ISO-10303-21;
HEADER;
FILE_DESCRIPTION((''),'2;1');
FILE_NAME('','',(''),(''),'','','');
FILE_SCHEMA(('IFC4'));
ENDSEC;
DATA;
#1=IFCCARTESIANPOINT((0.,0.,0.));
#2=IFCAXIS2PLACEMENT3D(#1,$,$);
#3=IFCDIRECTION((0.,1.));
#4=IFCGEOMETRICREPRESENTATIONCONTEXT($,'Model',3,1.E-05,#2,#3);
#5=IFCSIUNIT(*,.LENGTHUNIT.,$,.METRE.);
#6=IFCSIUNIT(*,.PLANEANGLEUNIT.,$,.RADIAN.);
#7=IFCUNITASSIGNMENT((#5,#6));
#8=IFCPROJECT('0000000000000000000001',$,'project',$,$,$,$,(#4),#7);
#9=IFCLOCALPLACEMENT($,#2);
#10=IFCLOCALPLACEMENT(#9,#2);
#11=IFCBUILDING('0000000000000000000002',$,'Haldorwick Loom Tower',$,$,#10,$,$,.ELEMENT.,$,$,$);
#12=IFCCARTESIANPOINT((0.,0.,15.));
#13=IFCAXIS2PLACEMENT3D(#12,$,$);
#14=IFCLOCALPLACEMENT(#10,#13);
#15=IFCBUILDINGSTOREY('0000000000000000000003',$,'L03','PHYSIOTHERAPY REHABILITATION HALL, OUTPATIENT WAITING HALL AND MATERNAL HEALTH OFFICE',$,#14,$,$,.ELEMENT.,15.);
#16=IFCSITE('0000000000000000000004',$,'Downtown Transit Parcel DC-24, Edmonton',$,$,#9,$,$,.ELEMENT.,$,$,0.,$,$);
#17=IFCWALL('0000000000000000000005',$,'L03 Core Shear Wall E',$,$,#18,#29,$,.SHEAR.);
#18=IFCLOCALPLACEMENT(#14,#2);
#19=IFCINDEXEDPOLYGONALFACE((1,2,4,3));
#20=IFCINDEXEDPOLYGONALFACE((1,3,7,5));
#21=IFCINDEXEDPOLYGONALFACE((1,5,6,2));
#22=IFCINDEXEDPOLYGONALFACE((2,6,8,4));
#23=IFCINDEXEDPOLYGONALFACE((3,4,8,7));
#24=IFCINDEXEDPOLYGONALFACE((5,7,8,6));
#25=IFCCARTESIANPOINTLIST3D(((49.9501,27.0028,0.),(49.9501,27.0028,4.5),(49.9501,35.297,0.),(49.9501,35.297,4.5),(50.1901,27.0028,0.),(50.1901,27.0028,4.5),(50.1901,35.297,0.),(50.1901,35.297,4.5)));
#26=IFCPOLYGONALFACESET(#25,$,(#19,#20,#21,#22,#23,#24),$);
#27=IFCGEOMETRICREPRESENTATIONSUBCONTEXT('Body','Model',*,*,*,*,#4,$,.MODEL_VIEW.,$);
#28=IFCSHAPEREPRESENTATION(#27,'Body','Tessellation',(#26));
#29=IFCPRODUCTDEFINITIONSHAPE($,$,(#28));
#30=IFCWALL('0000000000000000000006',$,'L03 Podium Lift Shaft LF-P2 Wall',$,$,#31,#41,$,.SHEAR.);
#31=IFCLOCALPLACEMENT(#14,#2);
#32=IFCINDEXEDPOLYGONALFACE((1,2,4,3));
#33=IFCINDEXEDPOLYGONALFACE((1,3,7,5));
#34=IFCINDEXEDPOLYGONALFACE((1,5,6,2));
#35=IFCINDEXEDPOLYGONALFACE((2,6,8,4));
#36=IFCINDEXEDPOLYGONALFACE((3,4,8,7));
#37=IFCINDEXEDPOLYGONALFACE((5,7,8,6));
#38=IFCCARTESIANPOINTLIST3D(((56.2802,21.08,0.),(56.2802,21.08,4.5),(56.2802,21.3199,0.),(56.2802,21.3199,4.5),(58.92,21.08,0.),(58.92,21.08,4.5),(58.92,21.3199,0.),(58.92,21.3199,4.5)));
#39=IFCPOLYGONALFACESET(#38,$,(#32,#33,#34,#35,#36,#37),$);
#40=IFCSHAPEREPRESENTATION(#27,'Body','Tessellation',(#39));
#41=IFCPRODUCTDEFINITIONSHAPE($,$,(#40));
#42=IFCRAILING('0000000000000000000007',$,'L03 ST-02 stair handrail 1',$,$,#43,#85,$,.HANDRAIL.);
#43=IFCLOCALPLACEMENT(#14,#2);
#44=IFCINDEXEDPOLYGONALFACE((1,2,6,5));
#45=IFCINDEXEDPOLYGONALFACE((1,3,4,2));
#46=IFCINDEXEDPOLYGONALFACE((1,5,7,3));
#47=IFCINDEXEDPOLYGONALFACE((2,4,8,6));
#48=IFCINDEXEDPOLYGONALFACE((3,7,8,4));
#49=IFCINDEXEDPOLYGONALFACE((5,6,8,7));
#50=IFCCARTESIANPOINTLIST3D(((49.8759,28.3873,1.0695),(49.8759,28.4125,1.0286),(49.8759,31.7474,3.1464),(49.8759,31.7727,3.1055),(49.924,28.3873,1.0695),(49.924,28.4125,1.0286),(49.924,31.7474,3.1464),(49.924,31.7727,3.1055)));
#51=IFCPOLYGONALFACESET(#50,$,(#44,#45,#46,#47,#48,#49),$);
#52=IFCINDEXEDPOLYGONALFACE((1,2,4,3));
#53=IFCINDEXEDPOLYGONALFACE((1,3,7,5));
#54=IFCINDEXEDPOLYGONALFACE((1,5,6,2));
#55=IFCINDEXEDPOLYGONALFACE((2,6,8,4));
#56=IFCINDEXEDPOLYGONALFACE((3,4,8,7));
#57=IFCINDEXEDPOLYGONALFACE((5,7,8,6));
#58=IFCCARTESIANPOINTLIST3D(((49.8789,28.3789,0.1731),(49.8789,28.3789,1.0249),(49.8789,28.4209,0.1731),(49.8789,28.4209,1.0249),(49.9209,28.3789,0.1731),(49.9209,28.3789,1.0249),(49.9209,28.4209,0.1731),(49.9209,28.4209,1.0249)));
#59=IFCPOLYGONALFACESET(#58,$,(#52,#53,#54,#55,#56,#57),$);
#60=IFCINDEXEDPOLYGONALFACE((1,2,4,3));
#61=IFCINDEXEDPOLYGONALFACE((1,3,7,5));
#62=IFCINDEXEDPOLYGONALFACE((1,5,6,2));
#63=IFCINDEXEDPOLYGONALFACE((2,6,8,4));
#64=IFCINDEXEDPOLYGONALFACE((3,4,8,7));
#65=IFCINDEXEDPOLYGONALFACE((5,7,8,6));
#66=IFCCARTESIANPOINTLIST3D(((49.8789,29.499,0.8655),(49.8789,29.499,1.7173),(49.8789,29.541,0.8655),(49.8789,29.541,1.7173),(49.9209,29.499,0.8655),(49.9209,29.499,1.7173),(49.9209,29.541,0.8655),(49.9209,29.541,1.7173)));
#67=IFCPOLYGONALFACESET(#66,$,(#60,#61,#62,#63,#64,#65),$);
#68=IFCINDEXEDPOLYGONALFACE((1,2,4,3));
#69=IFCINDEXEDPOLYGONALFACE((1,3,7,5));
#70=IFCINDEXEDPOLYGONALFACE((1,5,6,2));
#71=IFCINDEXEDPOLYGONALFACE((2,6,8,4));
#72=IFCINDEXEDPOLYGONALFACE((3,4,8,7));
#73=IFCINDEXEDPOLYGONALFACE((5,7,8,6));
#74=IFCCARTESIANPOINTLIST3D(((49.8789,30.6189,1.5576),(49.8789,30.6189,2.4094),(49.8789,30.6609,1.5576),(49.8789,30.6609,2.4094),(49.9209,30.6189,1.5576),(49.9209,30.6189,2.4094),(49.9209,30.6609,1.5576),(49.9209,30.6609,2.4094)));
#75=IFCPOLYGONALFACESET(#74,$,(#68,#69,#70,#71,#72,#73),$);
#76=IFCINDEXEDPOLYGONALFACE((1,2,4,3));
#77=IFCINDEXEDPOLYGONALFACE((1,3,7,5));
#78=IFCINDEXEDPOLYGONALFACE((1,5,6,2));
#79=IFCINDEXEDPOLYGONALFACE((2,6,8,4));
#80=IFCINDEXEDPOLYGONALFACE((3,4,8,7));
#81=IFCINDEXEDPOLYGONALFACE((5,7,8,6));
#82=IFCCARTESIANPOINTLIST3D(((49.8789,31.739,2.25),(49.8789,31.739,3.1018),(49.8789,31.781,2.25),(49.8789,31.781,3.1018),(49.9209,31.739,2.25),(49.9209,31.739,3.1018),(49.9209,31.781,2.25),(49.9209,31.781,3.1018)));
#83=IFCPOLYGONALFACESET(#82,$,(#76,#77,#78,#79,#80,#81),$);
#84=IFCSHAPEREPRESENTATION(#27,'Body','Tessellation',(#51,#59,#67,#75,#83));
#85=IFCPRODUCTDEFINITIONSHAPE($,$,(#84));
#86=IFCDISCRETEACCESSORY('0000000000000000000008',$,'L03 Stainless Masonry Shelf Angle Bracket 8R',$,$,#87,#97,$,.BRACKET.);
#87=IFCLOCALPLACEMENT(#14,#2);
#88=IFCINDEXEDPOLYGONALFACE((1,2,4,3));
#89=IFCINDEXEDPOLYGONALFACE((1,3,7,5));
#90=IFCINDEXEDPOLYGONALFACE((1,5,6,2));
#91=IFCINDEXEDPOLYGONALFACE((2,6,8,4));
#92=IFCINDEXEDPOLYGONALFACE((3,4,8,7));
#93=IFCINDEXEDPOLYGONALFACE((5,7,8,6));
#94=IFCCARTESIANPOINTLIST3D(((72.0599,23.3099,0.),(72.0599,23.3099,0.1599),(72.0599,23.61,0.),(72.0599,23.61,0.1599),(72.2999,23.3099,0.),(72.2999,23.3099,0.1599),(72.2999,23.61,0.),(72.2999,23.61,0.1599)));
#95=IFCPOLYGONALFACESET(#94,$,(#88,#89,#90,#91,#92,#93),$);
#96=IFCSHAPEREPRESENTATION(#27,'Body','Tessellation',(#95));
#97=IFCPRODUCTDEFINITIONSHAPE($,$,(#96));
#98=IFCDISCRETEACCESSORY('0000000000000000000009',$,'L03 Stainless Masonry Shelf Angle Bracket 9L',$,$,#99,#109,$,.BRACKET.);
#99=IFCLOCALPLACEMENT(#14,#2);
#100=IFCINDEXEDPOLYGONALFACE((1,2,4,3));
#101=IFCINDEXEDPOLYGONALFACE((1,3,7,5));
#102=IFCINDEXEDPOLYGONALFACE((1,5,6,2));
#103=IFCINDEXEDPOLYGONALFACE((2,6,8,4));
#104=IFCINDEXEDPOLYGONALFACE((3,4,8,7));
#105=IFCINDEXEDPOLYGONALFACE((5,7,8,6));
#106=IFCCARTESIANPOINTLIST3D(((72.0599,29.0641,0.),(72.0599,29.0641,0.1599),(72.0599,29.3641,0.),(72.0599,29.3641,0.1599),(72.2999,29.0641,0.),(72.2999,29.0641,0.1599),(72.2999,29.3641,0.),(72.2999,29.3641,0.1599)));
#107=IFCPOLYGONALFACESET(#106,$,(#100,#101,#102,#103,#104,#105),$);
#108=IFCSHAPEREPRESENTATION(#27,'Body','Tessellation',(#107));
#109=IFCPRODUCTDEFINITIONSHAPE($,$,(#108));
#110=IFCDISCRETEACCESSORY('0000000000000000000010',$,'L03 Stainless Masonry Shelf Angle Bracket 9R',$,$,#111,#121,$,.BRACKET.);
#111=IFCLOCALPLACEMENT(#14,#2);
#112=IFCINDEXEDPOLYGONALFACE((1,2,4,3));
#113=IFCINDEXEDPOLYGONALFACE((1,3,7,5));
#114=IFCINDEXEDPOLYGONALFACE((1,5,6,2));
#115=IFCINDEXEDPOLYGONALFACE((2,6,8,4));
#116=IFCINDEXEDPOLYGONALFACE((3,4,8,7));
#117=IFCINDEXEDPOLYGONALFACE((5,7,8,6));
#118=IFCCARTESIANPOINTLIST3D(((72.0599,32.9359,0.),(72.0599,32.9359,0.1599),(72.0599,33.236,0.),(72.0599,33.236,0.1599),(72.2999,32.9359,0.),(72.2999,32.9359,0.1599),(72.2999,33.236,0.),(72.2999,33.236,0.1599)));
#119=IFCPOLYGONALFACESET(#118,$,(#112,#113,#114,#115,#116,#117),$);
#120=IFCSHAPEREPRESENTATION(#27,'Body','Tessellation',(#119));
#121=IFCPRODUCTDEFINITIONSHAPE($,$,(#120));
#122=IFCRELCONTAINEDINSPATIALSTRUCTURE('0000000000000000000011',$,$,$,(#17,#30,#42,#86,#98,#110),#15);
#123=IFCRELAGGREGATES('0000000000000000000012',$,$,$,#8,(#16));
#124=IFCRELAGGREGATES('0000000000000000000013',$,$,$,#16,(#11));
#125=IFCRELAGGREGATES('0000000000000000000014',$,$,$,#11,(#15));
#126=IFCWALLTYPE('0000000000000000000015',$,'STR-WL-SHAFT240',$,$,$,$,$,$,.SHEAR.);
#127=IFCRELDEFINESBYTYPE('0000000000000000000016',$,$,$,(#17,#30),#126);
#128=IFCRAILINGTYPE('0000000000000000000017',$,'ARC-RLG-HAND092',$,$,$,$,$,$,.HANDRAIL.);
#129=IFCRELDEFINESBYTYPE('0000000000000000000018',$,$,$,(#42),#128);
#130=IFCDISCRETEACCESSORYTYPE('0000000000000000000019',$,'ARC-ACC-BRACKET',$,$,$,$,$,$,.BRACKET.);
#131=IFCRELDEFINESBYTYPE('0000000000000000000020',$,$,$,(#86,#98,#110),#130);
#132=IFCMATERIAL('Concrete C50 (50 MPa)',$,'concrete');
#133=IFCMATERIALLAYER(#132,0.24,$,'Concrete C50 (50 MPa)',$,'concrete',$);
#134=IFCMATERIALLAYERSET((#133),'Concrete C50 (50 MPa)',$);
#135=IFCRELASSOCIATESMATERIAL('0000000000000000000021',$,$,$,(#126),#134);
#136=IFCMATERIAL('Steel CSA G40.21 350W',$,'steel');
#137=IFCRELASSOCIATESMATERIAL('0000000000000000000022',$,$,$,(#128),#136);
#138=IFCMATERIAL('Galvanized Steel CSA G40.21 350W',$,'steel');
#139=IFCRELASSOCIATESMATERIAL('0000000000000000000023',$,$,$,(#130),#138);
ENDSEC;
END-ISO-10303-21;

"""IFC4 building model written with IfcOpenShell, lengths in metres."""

from ifc_helpers import new_model, si_unit, direction, frame, frame_2d, origin, origin_2d, place, context, subcontext, project, spatial, rectangle, extrude, material, layer, layer_set, type_object, element, save


model = new_model("IFC4")

# Units and contexts
model_context = context("Model", 3, precision=1e-05, world=origin(), true_north=direction((0.0, 1.0)))
body_context = subcontext(model_context, "Body", "Model", "MODEL_VIEW")
ifc_project = project(units=[si_unit("LENGTHUNIT", "METRE"), si_unit("PLANEANGLEUNIT", "RADIAN")], contexts=[model_context])

# Site, building, storey
site_placement = place(None, origin())
site = spatial("IfcSite", under=ifc_project, at=site_placement, Name="Downtown Transit Parcel DC-24, Edmonton", CompositionType="ELEMENT", RefElevation=0.0)
building_placement = place(site_placement, origin())
building = spatial("IfcBuilding", under=site, at=building_placement, Name="Haldorwick Loom Tower", CompositionType="ELEMENT")
storey_placement = place(building_placement, frame((0.0, 0.0, 15.0)))
storey = spatial("IfcBuildingStorey", under=building, at=storey_placement, Name="L03", Description="PHYSIOTHERAPY REHABILITATION HALL, OUTPATIENT WAITING HALL AND MATERNAL HEALTH OFFICE", CompositionType="ELEMENT", Elevation=15.0)

# Shared definitions
ifc_material_1 = material(Name="Steel CSA G40.21 350W", Category="steel")

# Walls
ifc_material_2 = material(Name="Concrete C50 (50 MPa)", Category="concrete")
ifc_layer_1 = layer(ifc_material_2, 0.24, Name="Concrete C50 (50 MPa)", Category="concrete")
ifc_layer_set_1 = layer_set([ifc_layer_1], Name="Concrete C50 (50 MPa)")
wall_type_1 = type_object("IfcWallType", Name="STR-WL-SHAFT240", PredefinedType="SHEAR", material=ifc_layer_set_1)
wall_1_placement = place(storey_placement, frame((50.0701, 27.0029, 0.0), z_axis=(0.0, 0.0, 1.0), x_axis=(0.0, 1.0, 0.0)))
element("IfcWall", 1, at=wall_1_placement, inside=storey, type_object=wall_type_1, Name="L03 Core Shear Wall E", PredefinedType="SHEAR", context=body_context, shape_type="SweptSolid", body=[
    extrude(rectangle(XDim=8.2942, YDim=0.24, at=frame_2d((4.147, 0.0))), origin(), (0.0, 0.0, 1.0), 4.5),
])
wall_2_placement = place(storey_placement, frame((58.9199, 21.2, 0.0), z_axis=(0.0, 0.0, 1.0), x_axis=(-1.0, 0.0, 0.0)))
element("IfcWall", 2, at=wall_2_placement, inside=storey, type_object=wall_type_1, Name="L03 Podium Lift Shaft LF-P2 Wall", PredefinedType="SHEAR", context=body_context, shape_type="SweptSolid", body=[
    extrude(rectangle(XDim=2.6399, YDim=0.24, at=frame_2d((1.3198, 0.0))), origin(), (0.0, 0.0, 1.0), 4.5),
])

# Railing
railing_type = type_object("IfcRailingType", Name="ARC-RLG-HAND092", PredefinedType="HANDRAIL", material=ifc_material_1)
railing_placement = place(storey_placement, frame((49.8999, 28.3999, 0.1731)))
element("IfcRailing", 3, at=railing_placement, inside=storey, type_object=railing_type, Name="L03 ST-02 stair handrail 1", PredefinedType="HANDRAIL", context=body_context, shape_type="SweptSolid", body=[
    extrude(rectangle(XDim=0.0481, YDim=0.0481, at=origin_2d()), frame((0.0, 0.0, 0.876), z_axis=(0.0, 0.850623, 0.525776), x_axis=(-1.0, 0.0, 0.0)), (0.0, 0.0, 1.0), 3.9502),
    extrude(rectangle(XDim=0.042, YDim=0.042, at=origin_2d()), origin(), (0.0, 0.0, 1.0), 0.8518),
    extrude(rectangle(XDim=0.042, YDim=0.042, at=origin_2d()), frame((0.0, 1.1201, 0.6924)), (0.0, 0.0, 1.0), 0.8518),
    extrude(rectangle(XDim=0.042, YDim=0.042, at=origin_2d()), frame((0.0, 2.24, 1.3845)), (0.0, 0.0, 1.0), 0.8518),
    extrude(rectangle(XDim=0.042, YDim=0.042, at=origin_2d()), frame((0.0, 3.3601, 2.0769)), (0.0, 0.0, 1.0), 0.8518),
])

# Discrete accessories
ifc_material_3 = material(Name="Galvanized Steel CSA G40.21 350W", Category="steel")
discrete_accessory_type = type_object("IfcDiscreteAccessoryType", Name="ARC-ACC-BRACKET", PredefinedType="BRACKET", material=ifc_material_3)
for number, where, z_axis, x_axis, name in (
    (4, (72.1799, 23.46, 0.0), (0.0, 0.0, 1.0), (0.0, 1.0, 0.0), "L03 Stainless Masonry Shelf Angle Bracket 8R"),
    (5, (72.1799, 29.2141, 0.0), (0.0, 0.0, 1.0), (0.0, 1.0, 0.0), "L03 Stainless Masonry Shelf Angle Bracket 9L"),
    (6, (72.1799, 33.0859, 0.0), (0.0, 0.0, 1.0), (0.0, 1.0, 0.0), "L03 Stainless Masonry Shelf Angle Bracket 9R"),
):
    element("IfcDiscreteAccessory", number, at=place(storey_placement, frame(where, z_axis=z_axis, x_axis=x_axis)), inside=storey, type_object=discrete_accessory_type, Name=name, PredefinedType="BRACKET", context=body_context, shape_type="SweptSolid", body=[
        extrude(rectangle(XDim=0.3, YDim=0.24, at=origin_2d()), origin(), (0.0, 0.0, 1.0), 0.1599),
    ])

save(model, "model.ifc")
